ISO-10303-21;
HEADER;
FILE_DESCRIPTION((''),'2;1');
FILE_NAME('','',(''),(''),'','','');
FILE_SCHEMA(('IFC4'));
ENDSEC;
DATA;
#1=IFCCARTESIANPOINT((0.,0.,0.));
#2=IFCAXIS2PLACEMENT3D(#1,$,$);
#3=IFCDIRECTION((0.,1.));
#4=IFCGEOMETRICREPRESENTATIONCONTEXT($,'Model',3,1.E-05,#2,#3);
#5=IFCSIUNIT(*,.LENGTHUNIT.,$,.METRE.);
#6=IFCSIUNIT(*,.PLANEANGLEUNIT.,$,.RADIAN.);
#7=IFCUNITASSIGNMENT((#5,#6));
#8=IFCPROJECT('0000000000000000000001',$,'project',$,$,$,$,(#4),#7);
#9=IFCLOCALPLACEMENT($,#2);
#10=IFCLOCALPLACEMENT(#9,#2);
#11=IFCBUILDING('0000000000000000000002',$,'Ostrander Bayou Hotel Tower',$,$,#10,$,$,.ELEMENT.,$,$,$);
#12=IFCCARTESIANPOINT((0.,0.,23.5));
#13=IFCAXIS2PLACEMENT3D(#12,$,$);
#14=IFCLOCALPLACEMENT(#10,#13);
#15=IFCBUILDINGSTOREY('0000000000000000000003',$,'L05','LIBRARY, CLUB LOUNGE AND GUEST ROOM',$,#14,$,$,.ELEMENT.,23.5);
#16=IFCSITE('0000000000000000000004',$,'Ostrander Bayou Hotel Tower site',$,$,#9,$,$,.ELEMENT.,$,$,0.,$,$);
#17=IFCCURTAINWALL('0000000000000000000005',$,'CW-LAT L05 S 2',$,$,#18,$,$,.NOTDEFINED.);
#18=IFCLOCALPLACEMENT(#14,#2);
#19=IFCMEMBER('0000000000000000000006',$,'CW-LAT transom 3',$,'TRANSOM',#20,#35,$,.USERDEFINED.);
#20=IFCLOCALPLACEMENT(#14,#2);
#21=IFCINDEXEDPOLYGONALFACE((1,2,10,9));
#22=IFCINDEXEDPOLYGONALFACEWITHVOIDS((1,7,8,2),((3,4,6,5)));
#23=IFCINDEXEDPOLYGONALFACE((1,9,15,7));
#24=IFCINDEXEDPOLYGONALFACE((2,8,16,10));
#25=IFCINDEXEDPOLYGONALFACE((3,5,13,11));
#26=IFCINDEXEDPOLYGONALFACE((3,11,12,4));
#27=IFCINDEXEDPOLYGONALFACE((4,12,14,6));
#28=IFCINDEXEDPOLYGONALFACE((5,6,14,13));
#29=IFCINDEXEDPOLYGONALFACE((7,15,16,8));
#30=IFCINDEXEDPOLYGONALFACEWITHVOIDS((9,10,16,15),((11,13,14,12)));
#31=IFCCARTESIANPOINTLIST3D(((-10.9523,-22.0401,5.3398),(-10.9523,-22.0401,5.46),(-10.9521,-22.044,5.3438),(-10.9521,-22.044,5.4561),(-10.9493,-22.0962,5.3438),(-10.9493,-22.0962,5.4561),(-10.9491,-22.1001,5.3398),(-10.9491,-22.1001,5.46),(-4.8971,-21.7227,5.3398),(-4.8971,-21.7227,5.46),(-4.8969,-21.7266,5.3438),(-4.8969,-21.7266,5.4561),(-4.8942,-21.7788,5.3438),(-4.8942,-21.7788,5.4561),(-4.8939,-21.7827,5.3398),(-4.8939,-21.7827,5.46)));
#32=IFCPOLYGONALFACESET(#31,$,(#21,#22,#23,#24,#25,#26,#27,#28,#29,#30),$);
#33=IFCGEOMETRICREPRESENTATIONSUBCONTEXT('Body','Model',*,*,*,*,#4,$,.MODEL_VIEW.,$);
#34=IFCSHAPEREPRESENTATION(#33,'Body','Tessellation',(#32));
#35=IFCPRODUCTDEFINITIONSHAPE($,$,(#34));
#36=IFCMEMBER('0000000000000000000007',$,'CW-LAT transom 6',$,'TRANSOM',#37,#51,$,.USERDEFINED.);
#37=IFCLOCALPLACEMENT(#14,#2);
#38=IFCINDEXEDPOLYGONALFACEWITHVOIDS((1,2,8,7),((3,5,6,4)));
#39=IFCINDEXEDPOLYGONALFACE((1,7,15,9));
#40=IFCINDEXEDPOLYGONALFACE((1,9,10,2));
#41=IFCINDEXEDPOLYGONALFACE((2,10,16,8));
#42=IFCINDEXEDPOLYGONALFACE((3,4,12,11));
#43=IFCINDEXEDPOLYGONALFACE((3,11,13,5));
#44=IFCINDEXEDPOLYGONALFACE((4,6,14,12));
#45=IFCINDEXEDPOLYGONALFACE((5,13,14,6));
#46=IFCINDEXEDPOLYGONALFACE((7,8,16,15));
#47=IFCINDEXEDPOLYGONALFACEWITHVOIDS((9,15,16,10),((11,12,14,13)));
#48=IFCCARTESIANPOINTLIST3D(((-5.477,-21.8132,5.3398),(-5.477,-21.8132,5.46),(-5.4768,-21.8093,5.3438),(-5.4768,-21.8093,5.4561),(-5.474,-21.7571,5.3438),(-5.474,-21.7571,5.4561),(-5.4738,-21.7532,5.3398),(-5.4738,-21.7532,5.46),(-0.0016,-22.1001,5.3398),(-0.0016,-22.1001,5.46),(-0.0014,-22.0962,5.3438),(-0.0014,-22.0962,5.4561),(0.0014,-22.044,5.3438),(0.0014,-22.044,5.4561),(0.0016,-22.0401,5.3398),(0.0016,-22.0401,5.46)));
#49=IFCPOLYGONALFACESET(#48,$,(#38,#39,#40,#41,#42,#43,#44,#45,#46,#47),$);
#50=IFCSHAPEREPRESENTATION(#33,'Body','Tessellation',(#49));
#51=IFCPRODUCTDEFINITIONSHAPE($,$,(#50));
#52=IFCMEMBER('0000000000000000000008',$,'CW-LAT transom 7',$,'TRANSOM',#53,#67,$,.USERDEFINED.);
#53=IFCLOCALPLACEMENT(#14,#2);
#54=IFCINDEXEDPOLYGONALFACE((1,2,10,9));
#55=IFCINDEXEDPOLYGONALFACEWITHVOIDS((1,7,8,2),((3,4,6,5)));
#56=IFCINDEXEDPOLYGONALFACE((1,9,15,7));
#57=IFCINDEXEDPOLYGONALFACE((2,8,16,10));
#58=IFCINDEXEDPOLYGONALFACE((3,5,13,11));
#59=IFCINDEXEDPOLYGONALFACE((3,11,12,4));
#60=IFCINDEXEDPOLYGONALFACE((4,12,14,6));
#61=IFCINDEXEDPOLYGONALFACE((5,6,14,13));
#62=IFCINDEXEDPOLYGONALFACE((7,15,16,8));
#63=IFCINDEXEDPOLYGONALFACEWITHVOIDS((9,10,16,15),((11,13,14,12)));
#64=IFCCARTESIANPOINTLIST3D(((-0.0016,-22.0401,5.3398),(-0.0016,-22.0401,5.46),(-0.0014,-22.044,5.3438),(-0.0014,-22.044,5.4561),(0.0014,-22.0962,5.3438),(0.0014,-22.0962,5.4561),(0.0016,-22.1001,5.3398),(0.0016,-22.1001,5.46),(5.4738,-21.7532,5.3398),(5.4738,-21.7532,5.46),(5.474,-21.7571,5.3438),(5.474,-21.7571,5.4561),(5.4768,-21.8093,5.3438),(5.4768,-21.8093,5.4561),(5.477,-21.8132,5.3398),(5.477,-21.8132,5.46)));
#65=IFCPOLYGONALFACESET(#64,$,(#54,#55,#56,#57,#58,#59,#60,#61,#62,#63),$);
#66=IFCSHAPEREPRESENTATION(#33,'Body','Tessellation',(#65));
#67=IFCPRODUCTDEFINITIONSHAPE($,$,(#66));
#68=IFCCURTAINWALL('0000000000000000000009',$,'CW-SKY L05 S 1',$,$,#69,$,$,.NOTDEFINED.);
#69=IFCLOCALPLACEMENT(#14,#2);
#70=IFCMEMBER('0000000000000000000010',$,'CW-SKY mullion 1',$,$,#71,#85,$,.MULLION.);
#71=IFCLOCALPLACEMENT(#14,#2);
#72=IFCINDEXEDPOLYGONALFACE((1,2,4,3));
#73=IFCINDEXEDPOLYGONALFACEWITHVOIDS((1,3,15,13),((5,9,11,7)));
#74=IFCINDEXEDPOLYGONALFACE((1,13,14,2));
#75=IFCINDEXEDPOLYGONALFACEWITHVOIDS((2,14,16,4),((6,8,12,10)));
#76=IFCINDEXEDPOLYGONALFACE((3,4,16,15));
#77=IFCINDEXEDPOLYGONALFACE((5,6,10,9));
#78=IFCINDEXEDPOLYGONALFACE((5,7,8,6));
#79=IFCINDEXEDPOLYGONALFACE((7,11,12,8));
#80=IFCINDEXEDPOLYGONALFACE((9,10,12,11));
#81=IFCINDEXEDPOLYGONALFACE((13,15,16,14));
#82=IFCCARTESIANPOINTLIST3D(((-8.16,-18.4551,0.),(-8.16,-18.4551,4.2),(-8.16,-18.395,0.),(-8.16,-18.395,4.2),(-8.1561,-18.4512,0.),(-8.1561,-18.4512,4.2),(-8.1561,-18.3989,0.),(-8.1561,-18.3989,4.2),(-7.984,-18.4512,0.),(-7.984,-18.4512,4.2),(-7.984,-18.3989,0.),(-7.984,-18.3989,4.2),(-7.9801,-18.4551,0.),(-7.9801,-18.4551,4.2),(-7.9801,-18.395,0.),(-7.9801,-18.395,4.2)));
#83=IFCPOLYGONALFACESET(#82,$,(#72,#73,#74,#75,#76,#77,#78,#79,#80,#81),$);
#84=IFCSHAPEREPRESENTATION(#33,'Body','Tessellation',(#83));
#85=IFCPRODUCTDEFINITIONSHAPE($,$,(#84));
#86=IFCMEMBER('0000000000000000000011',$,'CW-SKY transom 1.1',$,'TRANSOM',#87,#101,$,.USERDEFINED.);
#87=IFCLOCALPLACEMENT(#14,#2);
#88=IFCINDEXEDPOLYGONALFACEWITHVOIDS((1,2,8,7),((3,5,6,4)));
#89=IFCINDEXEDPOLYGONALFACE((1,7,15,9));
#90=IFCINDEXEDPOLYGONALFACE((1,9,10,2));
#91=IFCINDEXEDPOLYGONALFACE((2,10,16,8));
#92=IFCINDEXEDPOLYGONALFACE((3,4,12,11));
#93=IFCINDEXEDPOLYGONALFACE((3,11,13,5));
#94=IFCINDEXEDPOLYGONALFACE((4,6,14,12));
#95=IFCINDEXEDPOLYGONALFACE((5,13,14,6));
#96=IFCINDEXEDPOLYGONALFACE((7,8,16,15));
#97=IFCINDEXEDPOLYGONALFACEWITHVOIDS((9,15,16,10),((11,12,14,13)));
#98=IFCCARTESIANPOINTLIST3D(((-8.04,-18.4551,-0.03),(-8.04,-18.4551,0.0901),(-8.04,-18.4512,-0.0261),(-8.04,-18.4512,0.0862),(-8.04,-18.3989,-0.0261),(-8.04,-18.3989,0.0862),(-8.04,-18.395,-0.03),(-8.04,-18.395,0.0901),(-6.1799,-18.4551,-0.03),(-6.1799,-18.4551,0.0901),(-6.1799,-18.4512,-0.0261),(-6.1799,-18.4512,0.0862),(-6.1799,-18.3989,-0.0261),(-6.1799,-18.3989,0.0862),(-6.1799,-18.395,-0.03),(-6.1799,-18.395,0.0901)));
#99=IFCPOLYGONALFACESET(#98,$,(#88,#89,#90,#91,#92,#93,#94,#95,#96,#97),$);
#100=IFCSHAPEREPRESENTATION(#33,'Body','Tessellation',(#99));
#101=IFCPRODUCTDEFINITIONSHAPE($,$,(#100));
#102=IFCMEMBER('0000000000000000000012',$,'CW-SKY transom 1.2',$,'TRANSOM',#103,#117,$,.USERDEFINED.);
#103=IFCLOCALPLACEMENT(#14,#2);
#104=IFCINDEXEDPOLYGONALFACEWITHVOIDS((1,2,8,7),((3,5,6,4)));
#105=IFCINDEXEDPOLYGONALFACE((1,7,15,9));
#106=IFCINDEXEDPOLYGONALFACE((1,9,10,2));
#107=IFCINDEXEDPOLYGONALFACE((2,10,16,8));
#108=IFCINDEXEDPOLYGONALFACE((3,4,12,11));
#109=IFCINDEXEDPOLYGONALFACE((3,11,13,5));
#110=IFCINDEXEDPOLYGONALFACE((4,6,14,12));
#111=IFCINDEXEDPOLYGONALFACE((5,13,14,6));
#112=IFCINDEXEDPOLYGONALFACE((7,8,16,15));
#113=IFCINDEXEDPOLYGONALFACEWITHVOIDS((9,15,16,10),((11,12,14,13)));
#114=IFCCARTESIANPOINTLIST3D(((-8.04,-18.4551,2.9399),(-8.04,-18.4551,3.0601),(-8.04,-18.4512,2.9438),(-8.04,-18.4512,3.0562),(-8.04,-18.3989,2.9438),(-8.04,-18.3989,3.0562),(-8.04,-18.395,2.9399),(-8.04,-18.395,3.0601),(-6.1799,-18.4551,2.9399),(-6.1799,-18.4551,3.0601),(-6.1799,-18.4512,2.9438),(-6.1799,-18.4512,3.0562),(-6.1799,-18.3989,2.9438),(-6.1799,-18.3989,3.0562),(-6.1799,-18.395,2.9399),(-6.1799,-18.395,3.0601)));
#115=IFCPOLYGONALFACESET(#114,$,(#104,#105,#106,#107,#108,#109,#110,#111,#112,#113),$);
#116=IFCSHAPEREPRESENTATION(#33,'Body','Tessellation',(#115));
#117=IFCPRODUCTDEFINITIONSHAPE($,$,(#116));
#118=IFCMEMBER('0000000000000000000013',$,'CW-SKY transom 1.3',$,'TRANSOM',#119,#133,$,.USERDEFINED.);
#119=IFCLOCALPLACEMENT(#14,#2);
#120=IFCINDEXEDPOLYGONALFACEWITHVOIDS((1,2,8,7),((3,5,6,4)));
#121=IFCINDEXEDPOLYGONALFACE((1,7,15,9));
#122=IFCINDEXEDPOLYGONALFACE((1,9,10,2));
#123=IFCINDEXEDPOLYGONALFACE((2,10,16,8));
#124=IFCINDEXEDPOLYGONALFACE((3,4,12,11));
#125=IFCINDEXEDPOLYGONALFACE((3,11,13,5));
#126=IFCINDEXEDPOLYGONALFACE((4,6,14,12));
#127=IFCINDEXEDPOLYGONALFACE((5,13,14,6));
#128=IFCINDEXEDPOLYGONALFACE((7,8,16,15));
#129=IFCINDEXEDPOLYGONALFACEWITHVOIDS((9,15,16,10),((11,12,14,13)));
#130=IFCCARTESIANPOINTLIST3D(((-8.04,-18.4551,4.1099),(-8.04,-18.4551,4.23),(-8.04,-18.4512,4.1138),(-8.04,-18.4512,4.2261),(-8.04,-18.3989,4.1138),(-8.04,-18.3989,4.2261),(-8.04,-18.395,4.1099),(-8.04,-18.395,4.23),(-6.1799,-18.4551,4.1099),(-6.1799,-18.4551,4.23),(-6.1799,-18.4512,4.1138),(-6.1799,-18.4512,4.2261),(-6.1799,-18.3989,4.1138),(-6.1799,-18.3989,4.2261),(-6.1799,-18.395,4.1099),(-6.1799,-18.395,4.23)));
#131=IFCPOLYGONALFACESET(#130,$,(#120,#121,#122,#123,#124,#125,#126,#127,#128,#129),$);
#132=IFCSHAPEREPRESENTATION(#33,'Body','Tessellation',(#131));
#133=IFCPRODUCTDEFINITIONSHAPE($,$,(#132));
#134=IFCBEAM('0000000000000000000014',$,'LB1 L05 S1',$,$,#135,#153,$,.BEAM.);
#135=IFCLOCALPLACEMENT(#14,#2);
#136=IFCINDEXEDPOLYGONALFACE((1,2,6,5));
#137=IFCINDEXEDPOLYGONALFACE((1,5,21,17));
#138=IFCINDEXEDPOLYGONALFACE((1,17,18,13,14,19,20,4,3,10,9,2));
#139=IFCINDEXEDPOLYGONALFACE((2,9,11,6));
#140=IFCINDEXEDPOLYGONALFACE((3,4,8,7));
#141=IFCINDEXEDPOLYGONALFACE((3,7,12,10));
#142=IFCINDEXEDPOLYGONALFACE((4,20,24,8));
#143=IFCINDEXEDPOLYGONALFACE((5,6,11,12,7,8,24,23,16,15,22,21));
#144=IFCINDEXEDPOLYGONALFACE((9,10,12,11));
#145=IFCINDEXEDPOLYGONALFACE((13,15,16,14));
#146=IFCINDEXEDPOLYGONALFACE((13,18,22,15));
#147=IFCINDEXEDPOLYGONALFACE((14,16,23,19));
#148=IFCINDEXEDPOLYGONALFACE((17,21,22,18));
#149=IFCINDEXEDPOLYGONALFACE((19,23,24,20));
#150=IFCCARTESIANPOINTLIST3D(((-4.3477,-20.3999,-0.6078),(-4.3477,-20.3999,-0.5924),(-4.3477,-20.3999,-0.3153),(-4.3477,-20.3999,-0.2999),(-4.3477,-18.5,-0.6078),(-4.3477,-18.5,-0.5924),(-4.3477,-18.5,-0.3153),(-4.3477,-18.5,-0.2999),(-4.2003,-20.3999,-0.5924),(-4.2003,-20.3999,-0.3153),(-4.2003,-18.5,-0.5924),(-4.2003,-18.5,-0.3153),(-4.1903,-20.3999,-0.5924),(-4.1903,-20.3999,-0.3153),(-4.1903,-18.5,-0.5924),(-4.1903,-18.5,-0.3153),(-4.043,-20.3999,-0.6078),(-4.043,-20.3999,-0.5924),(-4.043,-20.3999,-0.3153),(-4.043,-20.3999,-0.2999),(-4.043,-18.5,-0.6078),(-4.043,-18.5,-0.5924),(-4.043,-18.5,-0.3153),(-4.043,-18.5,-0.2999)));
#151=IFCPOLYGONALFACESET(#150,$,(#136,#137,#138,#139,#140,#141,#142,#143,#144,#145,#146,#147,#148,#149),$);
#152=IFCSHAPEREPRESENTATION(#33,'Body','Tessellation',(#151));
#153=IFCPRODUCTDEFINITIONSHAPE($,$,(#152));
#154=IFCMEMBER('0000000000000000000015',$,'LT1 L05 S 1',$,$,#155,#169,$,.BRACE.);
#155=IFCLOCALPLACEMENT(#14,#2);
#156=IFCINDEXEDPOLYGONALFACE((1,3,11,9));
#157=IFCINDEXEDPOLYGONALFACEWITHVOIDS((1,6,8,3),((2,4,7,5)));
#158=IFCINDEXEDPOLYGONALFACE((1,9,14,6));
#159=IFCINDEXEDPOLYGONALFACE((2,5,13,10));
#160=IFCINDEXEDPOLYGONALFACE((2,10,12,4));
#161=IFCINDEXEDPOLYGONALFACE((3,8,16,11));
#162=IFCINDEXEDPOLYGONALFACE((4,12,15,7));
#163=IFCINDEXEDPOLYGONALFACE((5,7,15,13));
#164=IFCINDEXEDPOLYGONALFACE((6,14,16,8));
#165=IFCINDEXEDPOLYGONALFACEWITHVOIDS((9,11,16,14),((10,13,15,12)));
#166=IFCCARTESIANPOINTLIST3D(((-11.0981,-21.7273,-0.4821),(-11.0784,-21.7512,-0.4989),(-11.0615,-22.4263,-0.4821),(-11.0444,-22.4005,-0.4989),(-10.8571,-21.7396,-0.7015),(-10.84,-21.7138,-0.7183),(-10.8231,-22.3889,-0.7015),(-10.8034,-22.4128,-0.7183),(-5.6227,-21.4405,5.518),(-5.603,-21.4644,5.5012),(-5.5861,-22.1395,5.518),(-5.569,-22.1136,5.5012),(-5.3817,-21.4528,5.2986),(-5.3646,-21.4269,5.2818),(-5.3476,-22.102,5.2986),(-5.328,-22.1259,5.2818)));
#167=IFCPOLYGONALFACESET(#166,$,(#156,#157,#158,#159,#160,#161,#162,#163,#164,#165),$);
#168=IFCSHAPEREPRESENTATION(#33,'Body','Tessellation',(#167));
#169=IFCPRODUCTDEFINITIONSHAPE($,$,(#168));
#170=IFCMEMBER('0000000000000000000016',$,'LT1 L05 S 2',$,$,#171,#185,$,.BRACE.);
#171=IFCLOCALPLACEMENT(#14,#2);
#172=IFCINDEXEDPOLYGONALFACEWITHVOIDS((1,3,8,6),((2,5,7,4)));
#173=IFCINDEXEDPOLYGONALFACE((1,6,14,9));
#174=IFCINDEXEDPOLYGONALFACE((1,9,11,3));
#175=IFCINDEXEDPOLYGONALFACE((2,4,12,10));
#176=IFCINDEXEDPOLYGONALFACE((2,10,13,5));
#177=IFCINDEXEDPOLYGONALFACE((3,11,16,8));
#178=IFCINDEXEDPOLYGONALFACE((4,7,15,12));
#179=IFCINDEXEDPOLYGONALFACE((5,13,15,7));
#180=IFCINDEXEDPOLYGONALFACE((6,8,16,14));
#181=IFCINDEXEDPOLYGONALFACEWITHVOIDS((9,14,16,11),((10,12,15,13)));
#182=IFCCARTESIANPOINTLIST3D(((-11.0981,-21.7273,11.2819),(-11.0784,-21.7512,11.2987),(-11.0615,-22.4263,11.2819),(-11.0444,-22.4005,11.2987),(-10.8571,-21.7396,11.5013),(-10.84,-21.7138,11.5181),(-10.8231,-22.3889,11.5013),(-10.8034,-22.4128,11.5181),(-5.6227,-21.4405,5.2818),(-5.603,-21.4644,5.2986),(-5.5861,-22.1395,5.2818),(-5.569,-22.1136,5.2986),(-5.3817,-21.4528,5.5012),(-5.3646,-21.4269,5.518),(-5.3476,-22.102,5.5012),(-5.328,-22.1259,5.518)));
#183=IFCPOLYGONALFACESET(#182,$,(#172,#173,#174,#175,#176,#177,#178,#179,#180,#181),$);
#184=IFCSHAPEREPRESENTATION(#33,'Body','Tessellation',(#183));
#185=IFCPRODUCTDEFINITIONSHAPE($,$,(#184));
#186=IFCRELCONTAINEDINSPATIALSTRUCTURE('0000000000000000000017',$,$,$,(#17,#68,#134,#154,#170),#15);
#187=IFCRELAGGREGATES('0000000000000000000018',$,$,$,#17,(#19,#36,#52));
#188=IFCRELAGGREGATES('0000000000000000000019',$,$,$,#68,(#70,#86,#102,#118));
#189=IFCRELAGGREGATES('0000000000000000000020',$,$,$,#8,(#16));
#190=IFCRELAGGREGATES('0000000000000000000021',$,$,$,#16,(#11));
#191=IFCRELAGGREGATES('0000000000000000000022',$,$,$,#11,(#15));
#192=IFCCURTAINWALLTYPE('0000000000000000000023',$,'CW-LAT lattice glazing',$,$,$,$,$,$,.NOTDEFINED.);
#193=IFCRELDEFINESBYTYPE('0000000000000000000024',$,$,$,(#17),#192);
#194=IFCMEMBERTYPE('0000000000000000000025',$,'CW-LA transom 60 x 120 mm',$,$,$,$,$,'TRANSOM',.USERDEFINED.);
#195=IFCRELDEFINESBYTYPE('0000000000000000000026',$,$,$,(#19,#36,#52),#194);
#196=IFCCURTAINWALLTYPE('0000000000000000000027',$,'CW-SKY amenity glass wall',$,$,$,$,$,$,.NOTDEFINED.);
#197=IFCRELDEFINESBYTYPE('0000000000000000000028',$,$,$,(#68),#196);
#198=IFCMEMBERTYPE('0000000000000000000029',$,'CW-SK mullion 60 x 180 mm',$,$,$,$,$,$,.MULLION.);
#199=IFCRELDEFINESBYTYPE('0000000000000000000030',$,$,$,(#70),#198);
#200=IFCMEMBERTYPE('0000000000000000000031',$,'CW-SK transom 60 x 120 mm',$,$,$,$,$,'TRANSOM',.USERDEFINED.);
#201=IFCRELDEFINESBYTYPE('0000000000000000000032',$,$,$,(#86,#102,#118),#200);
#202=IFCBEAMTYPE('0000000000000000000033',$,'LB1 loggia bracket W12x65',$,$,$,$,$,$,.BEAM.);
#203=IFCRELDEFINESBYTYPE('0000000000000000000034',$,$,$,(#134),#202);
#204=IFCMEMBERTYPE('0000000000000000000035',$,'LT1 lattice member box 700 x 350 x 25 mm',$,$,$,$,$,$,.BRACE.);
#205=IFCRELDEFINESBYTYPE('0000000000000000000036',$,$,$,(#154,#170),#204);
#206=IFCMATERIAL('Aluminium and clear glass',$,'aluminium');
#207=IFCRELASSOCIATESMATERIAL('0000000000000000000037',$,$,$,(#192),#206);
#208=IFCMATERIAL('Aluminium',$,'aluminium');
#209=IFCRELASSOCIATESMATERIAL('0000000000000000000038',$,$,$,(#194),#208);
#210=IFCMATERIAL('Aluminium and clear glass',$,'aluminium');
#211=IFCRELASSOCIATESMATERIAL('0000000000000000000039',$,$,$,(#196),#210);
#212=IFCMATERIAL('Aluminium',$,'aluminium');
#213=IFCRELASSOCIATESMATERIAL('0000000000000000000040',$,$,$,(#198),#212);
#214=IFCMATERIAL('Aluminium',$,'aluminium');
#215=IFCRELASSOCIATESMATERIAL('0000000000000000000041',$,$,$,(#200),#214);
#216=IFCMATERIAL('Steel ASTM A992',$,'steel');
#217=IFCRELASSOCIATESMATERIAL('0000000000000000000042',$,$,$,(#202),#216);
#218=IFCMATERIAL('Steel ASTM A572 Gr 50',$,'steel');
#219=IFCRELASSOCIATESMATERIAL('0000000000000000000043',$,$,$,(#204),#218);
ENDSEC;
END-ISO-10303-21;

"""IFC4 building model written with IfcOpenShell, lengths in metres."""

from ifc_helpers import new_model, si_unit, direction, frame, origin, origin_2d, place, context, subcontext, project, spatial, hollow_rectangle, i_section, extrude, material, material_profile, profile_set, type_object, element, aggregate, save


model = new_model("IFC4")

# Units and contexts
model_context = context("Model", 3, precision=1e-05, world=origin(), true_north=direction((0.0, 1.0)))
body_context = subcontext(model_context, "Body", "Model", "MODEL_VIEW")
ifc_project = project(units=[si_unit("LENGTHUNIT", "METRE"), si_unit("PLANEANGLEUNIT", "RADIAN")], contexts=[model_context])

# Site, building, storey
site_placement = place(None, origin())
site = spatial("IfcSite", under=ifc_project, at=site_placement, Name="Ostrander Bayou Hotel Tower site", CompositionType="ELEMENT", RefElevation=0.0)
building_placement = place(site_placement, origin())
building = spatial("IfcBuilding", under=site, at=building_placement, Name="Ostrander Bayou Hotel Tower", CompositionType="ELEMENT")
storey_placement = place(building_placement, frame((0.0, 0.0, 23.5)))
storey = spatial("IfcBuildingStorey", under=building, at=storey_placement, Name="L05", Description="LIBRARY, CLUB LOUNGE AND GUEST ROOM", CompositionType="ELEMENT", Elevation=23.5)

# Shared definitions
ifc_material_1 = material(Name="Aluminium and clear glass", Category="aluminium")
curtain_wall_type_1 = type_object("IfcCurtainWallType", Name="CW-LAT lattice glazing", PredefinedType="NOTDEFINED", material=ifc_material_1)

# Shared definitions
ifc_material_2 = material(Name="Aluminium", Category="aluminium")
ifc_material_profile_1 = material_profile(ifc_material_2, hollow_rectangle(XDim=0.0601, YDim=0.1201, WallThickness=0.0039, at=origin_2d()))
ifc_profile_set_1 = profile_set([ifc_material_profile_1], Name="Aluminium")
member_type_1 = type_object("IfcMemberType", Name="CW-LA transom 60 x 120 mm", ElementType="TRANSOM", PredefinedType="USERDEFINED", material=ifc_profile_set_1)

# Curtain walls, members
curtain_wall_1_placement = place(storey_placement, origin())
curtain_wall_1 = element("IfcCurtainWall", 1, at=curtain_wall_1_placement, inside=storey, type_object=curtain_wall_type_1, Name="CW-LAT L05 S 2", PredefinedType="NOTDEFINED")
member_1_placement = place(storey_placement, frame((-10.9507, -22.0701, 5.3999), z_axis=(0.998629, 0.052343, 0.0), x_axis=(-0.052343, 0.998629, 0.0)))
member_1 = element("IfcMember", 2, at=member_1_placement, type_object=member_type_1, Name="CW-LAT transom 3", ObjectType="TRANSOM", PredefinedType="USERDEFINED", context=body_context, shape_type="SweptSolid", body=[
    extrude(hollow_rectangle(XDim=0.0601, YDim=0.1201, WallThickness=0.0039, at=origin_2d()), origin(), (0.0, 0.0, 1.0), 6.0635),
])
member_2_placement = place(storey_placement, frame((0.0, -22.0701, 5.3999), z_axis=(-0.99863, 0.05232, 0.0), x_axis=(-0.05232, -0.99863, 0.0)))
member_2 = element("IfcMember", 3, at=member_2_placement, type_object=member_type_1, Name="CW-LAT transom 6", ObjectType="TRANSOM", PredefinedType="USERDEFINED", context=body_context, shape_type="SweptSolid", body=[
    extrude(hollow_rectangle(XDim=0.0601, YDim=0.1201, WallThickness=0.0039, at=origin_2d()), origin(), (0.0, 0.0, 1.0), 5.4829),
])
member_3_placement = place(storey_placement, frame((0.0, -22.0701, 5.3999), z_axis=(0.99863, 0.05232, 0.0), x_axis=(-0.05232, 0.99863, 0.0)))
member_3 = element("IfcMember", 4, at=member_3_placement, type_object=member_type_1, Name="CW-LAT transom 7", ObjectType="TRANSOM", PredefinedType="USERDEFINED", context=body_context, shape_type="SweptSolid", body=[
    extrude(hollow_rectangle(XDim=0.0601, YDim=0.1201, WallThickness=0.0039, at=origin_2d()), origin(), (0.0, 0.0, 1.0), 5.4829),
])
ifc_material_3 = material(Name="Aluminium and clear glass", Category="aluminium")
curtain_wall_type_2 = type_object("IfcCurtainWallType", Name="CW-SKY amenity glass wall", PredefinedType="NOTDEFINED", material=ifc_material_3)
curtain_wall_2_placement = place(storey_placement, origin())
curtain_wall_2 = element("IfcCurtainWall", 5, at=curtain_wall_2_placement, inside=storey, type_object=curtain_wall_type_2, Name="CW-SKY L05 S 1", PredefinedType="NOTDEFINED")
ifc_material_4 = material(Name="Aluminium", Category="aluminium")
ifc_material_profile_2 = material_profile(ifc_material_4, hollow_rectangle(XDim=0.0601, YDim=0.1799, WallThickness=0.0039, at=origin_2d()))
ifc_profile_set_2 = profile_set([ifc_material_profile_2], Name="Aluminium")
member_type_2 = type_object("IfcMemberType", Name="CW-SK mullion 60 x 180 mm", PredefinedType="MULLION", material=ifc_profile_set_2)
member_4_placement = place(storey_placement, frame((-8.0701, -18.425, 0.0), z_axis=(0.0, 0.0, 1.0), x_axis=(0.0, 1.0, 0.0)))
member_4 = element("IfcMember", 6, at=member_4_placement, type_object=member_type_2, Name="CW-SKY mullion 1", PredefinedType="MULLION", context=body_context, shape_type="SweptSolid", body=[
    extrude(hollow_rectangle(XDim=0.0601, YDim=0.1799, WallThickness=0.0039, at=origin_2d()), origin(), (0.0, 0.0, 1.0), 4.2),
])
ifc_material_5 = material(Name="Aluminium", Category="aluminium")
ifc_material_profile_3 = material_profile(ifc_material_5, hollow_rectangle(XDim=0.0601, YDim=0.1201, WallThickness=0.0039, at=origin_2d()))
ifc_profile_set_3 = profile_set([ifc_material_profile_3], Name="Aluminium")
member_type_3 = type_object("IfcMemberType", Name="CW-SK transom 60 x 120 mm", ElementType="TRANSOM", PredefinedType="USERDEFINED", material=ifc_profile_set_3)
member_5_placement = place(storey_placement, frame((-8.04, -18.425, 0.03), z_axis=(1.0, 0.0, 0.0), x_axis=(0.0, 1.0, 0.0)))
member_5 = element("IfcMember", 7, at=member_5_placement, type_object=member_type_3, Name="CW-SKY transom 1.1", ObjectType="TRANSOM", PredefinedType="USERDEFINED", context=body_context, shape_type="SweptSolid", body=[
    extrude(hollow_rectangle(XDim=0.0601, YDim=0.1201, WallThickness=0.0039, at=origin_2d()), origin(), (0.0, 0.0, 1.0), 1.8601),
])
member_6_placement = place(storey_placement, frame((-8.04, -18.425, 3.0), z_axis=(1.0, 0.0, 0.0), x_axis=(0.0, 1.0, 0.0)))
member_6 = element("IfcMember", 8, at=member_6_placement, type_object=member_type_3, Name="CW-SKY transom 1.2", ObjectType="TRANSOM", PredefinedType="USERDEFINED", context=body_context, shape_type="SweptSolid", body=[
    extrude(hollow_rectangle(XDim=0.0601, YDim=0.1201, WallThickness=0.0039, at=origin_2d()), origin(), (0.0, 0.0, 1.0), 1.8601),
])
member_7_placement = place(storey_placement, frame((-8.04, -18.425, 4.1699), z_axis=(1.0, 0.0, 0.0), x_axis=(0.0, 1.0, 0.0)))
member_7 = element("IfcMember", 9, at=member_7_placement, type_object=member_type_3, Name="CW-SKY transom 1.3", ObjectType="TRANSOM", PredefinedType="USERDEFINED", context=body_context, shape_type="SweptSolid", body=[
    extrude(hollow_rectangle(XDim=0.0601, YDim=0.1201, WallThickness=0.0039, at=origin_2d()), origin(), (0.0, 0.0, 1.0), 1.8601),
])

# Beam
ifc_material_6 = material(Name="Steel ASTM A992", Category="steel")
ifc_material_profile_4 = material_profile(ifc_material_6, i_section(OverallWidth=0.3047, OverallDepth=0.3079, WebThickness=0.01, FlangeThickness=0.0154, at=origin_2d()))
ifc_profile_set_4 = profile_set([ifc_material_profile_4], Name="Steel ASTM A992")
beam_type_1 = type_object("IfcBeamType", Name="LB1 loggia bracket W12x65", PredefinedType="BEAM", material=ifc_profile_set_4)
beam_1_placement = place(storey_placement, frame((-4.1953, -20.3999, -0.4539), z_axis=(0.0, 1.0, 0.0), x_axis=(-1.0, 0.0, 0.0)))
element("IfcBeam", 10, at=beam_1_placement, inside=storey, type_object=beam_type_1, Name="LB1 L05 S1", PredefinedType="BEAM", context=body_context, shape_type="SweptSolid", body=[
    extrude(i_section(OverallWidth=0.3047, OverallDepth=0.3079, WebThickness=0.01, FlangeThickness=0.0154, at=origin_2d()), origin(), (0.0, 0.0, 1.0), 1.8999),
])

# Members
ifc_material_7 = material(Name="Steel ASTM A572 Gr 50", Category="steel")
ifc_material_profile_5 = material_profile(ifc_material_7, hollow_rectangle(XDim=0.7, YDim=0.3501, WallThickness=0.0249, at=origin_2d()))
ifc_profile_set_5 = profile_set([ifc_material_profile_5], Name="Steel ASTM A572 Gr 50")
member_type_4 = type_object("IfcMemberType", Name="LT1 lattice member box 700 x 350 x 25 mm", PredefinedType="BRACE", material=ifc_profile_set_5)
for number, where, z_axis, x_axis, name in (
    (11, (-5.4753, -21.7832, 5.3999), (-0.673653, -0.035294, -0.738204), (0.05232, -0.99863, 0.0), "LT1 L05 S 1"),
    (12, (-5.4753, -21.7832, 5.3999), (-0.673653, -0.035294, 0.738204), (0.05232, -0.99863, 0.0), "LT1 L05 S 2"),
):
    element("IfcMember", number, at=place(storey_placement, frame(where, z_axis=z_axis, x_axis=x_axis)), inside=storey, type_object=member_type_4, Name=name, PredefinedType="BRACE", context=body_context, shape_type="SweptSolid", body=[
        extrude(hollow_rectangle(XDim=0.7, YDim=0.3501, WallThickness=0.0249, at=origin_2d()), origin(), (0.0, 0.0, 1.0), 8.1279),
    ])

aggregate(curtain_wall_1, [member_1, member_2, member_3])
aggregate(curtain_wall_2, [member_4, member_5, member_6, member_7])

save(model, "model.ifc")
